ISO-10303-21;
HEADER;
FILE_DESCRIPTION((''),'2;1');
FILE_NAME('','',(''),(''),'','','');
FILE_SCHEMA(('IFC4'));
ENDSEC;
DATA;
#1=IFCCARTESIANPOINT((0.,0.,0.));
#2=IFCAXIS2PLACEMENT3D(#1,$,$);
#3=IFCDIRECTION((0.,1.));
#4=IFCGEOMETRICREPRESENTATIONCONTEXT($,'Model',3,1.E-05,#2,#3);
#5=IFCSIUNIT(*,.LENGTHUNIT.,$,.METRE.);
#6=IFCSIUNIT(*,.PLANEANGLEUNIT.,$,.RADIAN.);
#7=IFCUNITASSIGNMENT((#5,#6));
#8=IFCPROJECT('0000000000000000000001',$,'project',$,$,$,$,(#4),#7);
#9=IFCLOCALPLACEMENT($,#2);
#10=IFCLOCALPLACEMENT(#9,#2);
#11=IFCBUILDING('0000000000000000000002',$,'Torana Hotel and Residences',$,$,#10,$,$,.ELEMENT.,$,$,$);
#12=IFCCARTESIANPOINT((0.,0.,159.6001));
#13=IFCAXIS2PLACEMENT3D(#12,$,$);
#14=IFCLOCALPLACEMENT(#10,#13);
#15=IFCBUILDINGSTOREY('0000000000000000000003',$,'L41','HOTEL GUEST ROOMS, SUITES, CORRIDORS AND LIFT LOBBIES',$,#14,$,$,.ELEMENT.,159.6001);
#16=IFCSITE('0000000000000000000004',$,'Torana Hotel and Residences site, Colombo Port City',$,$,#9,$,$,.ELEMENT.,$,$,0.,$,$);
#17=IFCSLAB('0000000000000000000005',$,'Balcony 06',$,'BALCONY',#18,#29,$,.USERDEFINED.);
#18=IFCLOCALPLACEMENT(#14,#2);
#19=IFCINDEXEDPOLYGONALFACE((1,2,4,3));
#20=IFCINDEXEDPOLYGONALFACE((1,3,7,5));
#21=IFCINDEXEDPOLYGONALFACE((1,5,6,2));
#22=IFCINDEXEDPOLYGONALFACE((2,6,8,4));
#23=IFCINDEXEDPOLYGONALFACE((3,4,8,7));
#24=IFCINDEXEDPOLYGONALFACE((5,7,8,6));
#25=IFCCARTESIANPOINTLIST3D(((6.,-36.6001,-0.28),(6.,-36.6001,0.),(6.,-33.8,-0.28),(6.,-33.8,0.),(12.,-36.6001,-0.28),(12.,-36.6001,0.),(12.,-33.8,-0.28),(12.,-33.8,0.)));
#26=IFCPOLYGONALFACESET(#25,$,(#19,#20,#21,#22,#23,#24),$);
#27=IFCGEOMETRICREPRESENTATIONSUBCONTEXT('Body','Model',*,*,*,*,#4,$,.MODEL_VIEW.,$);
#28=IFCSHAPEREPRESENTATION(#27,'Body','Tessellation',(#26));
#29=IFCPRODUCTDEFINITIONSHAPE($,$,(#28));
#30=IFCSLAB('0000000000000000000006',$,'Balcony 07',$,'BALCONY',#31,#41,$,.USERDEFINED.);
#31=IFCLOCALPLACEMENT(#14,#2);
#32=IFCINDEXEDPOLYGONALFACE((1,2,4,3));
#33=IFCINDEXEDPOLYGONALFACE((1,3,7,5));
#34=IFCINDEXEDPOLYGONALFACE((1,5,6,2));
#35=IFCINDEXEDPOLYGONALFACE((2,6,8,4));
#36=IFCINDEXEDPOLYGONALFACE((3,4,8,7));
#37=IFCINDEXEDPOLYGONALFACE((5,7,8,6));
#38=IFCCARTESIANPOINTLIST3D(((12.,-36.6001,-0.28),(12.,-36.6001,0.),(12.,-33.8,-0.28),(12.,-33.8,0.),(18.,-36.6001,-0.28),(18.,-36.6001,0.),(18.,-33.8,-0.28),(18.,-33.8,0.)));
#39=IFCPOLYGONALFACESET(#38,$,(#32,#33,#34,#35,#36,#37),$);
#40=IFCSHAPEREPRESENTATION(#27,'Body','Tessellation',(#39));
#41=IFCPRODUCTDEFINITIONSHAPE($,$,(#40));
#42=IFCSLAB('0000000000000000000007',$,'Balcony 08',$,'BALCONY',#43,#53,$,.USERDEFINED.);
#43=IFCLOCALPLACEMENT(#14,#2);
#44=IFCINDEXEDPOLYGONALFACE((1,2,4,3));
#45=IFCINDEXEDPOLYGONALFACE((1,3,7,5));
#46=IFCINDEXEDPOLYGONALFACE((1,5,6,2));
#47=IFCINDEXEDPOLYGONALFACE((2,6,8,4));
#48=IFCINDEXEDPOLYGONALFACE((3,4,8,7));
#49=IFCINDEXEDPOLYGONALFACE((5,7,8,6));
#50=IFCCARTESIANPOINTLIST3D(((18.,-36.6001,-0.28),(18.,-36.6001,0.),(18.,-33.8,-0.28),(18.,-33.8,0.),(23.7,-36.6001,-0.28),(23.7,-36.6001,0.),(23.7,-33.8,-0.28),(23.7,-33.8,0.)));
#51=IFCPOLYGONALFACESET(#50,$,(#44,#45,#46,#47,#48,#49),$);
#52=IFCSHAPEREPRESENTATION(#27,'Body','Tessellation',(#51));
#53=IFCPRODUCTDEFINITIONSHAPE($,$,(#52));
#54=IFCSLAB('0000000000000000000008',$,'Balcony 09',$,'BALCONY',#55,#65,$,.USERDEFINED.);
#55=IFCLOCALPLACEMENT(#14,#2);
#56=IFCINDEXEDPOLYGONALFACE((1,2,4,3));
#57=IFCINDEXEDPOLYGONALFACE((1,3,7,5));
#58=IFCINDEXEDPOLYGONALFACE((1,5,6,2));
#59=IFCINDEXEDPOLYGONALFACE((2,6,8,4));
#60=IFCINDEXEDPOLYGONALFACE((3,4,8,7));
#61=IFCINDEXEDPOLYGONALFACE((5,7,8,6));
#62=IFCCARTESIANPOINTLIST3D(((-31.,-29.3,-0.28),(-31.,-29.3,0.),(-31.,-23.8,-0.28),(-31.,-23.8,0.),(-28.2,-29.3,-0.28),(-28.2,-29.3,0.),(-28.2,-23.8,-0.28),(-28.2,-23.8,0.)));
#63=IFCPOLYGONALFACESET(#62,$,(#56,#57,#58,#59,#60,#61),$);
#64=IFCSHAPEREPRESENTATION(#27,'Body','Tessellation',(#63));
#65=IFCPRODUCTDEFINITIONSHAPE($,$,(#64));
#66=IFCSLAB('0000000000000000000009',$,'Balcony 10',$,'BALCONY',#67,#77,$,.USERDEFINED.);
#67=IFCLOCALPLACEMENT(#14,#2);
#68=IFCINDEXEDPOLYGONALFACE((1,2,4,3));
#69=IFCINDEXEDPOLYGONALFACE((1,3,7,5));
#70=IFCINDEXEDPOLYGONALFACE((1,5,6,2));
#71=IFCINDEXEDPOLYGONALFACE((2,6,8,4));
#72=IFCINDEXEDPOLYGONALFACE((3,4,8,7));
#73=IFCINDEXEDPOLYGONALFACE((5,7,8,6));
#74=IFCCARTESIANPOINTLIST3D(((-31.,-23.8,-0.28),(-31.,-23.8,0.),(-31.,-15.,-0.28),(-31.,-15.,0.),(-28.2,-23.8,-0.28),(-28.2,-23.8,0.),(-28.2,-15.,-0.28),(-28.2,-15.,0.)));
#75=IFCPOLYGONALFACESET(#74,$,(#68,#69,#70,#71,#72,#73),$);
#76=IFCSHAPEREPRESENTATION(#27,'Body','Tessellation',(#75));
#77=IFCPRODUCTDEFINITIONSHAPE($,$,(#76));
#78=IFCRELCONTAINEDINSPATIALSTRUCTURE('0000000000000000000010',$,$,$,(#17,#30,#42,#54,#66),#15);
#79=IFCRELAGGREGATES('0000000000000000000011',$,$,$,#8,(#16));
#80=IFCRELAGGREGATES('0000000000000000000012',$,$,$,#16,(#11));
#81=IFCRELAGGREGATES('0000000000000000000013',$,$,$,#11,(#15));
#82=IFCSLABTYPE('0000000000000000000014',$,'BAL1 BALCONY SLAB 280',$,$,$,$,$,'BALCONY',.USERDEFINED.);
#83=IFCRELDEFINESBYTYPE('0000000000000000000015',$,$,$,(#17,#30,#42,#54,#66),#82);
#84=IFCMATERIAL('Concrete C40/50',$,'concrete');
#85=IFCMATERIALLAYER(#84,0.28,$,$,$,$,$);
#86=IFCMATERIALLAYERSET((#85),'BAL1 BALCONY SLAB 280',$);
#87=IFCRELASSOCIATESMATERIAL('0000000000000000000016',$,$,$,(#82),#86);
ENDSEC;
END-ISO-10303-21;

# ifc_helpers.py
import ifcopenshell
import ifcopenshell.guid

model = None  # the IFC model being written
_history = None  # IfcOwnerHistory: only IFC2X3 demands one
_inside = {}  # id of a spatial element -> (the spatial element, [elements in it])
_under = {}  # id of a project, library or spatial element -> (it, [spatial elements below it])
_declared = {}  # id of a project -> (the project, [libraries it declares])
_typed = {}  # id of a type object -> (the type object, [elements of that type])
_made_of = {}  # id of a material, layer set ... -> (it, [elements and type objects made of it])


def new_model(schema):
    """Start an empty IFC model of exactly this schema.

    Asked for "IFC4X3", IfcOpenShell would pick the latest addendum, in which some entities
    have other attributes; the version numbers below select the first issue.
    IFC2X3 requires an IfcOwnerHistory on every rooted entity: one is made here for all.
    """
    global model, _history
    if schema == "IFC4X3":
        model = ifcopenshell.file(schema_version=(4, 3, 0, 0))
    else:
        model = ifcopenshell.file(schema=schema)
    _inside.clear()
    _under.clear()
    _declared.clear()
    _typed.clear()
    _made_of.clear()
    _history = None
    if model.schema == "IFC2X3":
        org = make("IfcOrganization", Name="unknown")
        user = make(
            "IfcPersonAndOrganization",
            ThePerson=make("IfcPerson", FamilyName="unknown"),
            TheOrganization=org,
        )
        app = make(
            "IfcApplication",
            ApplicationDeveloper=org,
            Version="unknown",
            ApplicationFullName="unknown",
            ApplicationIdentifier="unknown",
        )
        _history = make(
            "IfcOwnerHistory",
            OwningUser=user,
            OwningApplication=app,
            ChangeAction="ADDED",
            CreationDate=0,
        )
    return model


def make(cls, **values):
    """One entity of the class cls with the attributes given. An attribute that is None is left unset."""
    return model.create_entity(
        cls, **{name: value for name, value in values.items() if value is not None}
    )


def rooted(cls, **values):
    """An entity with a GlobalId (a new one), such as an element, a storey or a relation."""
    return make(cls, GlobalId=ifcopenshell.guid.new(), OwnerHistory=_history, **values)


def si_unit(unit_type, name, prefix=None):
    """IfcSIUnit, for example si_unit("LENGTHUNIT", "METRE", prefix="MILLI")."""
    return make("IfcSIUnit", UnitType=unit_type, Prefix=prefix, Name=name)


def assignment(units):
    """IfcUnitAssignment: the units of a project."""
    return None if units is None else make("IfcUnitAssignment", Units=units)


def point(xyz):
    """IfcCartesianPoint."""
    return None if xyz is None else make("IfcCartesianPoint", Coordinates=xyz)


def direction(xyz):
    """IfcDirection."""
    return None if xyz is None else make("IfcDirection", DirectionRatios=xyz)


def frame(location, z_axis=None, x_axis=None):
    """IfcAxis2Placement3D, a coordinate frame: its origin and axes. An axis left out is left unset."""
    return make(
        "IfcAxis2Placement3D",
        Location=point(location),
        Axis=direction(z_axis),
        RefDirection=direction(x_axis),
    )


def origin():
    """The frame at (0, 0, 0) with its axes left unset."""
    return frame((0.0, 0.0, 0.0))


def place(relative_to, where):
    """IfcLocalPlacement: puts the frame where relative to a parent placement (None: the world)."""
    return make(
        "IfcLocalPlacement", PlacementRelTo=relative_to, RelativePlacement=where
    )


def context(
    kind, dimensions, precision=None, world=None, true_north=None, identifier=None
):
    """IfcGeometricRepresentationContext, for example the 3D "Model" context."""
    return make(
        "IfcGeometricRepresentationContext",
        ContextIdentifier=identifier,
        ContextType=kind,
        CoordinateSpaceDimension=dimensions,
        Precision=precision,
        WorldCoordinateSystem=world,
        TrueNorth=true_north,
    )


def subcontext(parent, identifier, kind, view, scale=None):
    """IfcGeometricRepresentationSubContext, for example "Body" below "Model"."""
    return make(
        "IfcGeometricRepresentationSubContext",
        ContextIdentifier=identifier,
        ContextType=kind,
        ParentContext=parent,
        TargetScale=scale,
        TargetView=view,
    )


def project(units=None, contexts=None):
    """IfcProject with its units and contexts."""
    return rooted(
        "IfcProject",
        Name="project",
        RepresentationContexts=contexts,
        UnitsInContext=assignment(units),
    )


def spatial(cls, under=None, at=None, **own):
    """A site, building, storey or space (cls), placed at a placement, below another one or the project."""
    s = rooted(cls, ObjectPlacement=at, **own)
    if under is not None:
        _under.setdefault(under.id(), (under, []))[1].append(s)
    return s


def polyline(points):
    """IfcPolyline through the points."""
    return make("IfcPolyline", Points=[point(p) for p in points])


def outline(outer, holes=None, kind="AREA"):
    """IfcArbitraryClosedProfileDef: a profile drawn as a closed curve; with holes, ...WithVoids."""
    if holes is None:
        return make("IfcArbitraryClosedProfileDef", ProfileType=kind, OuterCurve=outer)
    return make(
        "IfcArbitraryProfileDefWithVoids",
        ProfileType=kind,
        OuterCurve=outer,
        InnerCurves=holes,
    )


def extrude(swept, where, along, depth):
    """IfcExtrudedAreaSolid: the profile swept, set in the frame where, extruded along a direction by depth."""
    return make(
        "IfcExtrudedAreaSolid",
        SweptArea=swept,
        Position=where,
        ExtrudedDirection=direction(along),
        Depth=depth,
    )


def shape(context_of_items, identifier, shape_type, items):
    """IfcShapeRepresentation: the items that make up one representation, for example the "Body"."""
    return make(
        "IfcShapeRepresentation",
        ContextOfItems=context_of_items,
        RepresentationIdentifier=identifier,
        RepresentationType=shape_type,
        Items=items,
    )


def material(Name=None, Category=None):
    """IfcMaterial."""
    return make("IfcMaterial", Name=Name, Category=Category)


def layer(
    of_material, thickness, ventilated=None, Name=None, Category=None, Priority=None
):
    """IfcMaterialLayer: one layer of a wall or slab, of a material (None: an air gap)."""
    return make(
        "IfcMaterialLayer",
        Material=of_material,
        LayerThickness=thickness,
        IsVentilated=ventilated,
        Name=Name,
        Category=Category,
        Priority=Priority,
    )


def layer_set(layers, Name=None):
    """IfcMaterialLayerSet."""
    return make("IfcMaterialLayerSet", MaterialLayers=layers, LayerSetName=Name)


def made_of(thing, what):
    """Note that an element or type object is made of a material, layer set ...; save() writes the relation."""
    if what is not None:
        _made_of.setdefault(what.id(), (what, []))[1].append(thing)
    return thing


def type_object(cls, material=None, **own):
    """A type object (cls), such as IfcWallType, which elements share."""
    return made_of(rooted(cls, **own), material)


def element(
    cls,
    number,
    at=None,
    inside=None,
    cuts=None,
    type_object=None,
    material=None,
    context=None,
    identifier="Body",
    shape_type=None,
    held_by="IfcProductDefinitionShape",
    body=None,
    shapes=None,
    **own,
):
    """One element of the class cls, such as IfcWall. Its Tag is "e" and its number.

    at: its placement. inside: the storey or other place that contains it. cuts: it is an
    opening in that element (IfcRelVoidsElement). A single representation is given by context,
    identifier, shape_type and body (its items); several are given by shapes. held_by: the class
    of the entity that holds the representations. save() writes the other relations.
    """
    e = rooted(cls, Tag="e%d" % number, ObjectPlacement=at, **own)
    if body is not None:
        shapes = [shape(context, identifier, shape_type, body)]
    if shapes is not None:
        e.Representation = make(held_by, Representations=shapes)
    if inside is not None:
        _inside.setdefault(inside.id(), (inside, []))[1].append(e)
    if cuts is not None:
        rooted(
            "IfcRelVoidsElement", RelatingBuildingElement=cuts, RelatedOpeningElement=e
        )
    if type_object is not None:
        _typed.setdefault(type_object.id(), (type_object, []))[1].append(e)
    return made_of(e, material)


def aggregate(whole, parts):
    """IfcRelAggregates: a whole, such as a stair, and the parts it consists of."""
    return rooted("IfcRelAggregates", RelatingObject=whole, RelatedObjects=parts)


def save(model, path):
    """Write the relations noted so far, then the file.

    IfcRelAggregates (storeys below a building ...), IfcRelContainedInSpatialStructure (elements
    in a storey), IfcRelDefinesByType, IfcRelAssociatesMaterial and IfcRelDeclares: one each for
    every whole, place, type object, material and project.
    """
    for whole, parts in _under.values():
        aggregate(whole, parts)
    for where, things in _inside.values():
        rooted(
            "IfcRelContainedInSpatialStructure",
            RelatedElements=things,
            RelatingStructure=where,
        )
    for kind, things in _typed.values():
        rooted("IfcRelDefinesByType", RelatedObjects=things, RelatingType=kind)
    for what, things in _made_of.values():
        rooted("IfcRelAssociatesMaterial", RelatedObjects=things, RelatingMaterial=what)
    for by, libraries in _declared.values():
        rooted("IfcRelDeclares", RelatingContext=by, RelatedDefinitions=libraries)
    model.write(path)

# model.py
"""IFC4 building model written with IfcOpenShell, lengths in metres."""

from ifc_helpers import new_model, si_unit, direction, frame, origin, place, context, subcontext, project, spatial, polyline, outline, extrude, material, layer, layer_set, type_object, element, save


model = new_model("IFC4")

# Units and contexts
model_context = context("Model", 3, precision=1e-05, world=origin(), true_north=direction((0.0, 1.0)))
body_context = subcontext(model_context, "Body", "Model", "MODEL_VIEW")
ifc_project = project(units=[si_unit("LENGTHUNIT", "METRE"), si_unit("PLANEANGLEUNIT", "RADIAN")], contexts=[model_context])

# Site, building, storey
site_placement = place(None, origin())
site = spatial("IfcSite", under=ifc_project, at=site_placement, Name="Torana Hotel and Residences site, Colombo Port City", CompositionType="ELEMENT", RefElevation=0.0)
building_placement = place(site_placement, origin())
building = spatial("IfcBuilding", under=site, at=building_placement, Name="Torana Hotel and Residences", CompositionType="ELEMENT")
storey_placement = place(building_placement, frame((0.0, 0.0, 159.6001)))
storey = spatial("IfcBuildingStorey", under=building, at=storey_placement, Name="L41", Description="HOTEL GUEST ROOMS, SUITES, CORRIDORS AND LIFT LOBBIES", CompositionType="ELEMENT", Elevation=159.6001)

# Slabs
ifc_material_1 = material(Name="Concrete C40/50", Category="concrete")
ifc_layer_1 = layer(ifc_material_1, 0.28)
ifc_layer_set_1 = layer_set([ifc_layer_1], Name="BAL1 BALCONY SLAB 280")
slab_type = type_object("IfcSlabType", Name="BAL1 BALCONY SLAB 280", ElementType="BALCONY", PredefinedType="USERDEFINED", material=ifc_layer_set_1)
slab_1_placement = place(storey_placement, frame((0.0, 0.0, -0.28)))
element("IfcSlab", 1, at=slab_1_placement, inside=storey, type_object=slab_type, Name="Balcony 06", ObjectType="BALCONY", PredefinedType="USERDEFINED", context=body_context, shape_type="SweptSolid", body=[
    extrude(outline(polyline([(6.0, -36.6001), (12.0, -36.6001), (12.0, -33.8), (6.0, -33.8), (6.0, -36.6001)])), origin(), (0.0, 0.0, 1.0), 0.28),
])
slab_2_placement = place(storey_placement, frame((0.0, 0.0, -0.28)))
element("IfcSlab", 2, at=slab_2_placement, inside=storey, type_object=slab_type, Name="Balcony 07", ObjectType="BALCONY", PredefinedType="USERDEFINED", context=body_context, shape_type="SweptSolid", body=[
    extrude(outline(polyline([(12.0, -36.6001), (18.0, -36.6001), (18.0, -33.8), (12.0, -33.8), (12.0, -36.6001)])), origin(), (0.0, 0.0, 1.0), 0.28),
])
slab_3_placement = place(storey_placement, frame((0.0, 0.0, -0.28)))
element("IfcSlab", 3, at=slab_3_placement, inside=storey, type_object=slab_type, Name="Balcony 08", ObjectType="BALCONY", PredefinedType="USERDEFINED", context=body_context, shape_type="SweptSolid", body=[
    extrude(outline(polyline([(18.0, -36.6001), (23.7, -36.6001), (23.7, -33.8), (18.0, -33.8), (18.0, -36.6001)])), origin(), (0.0, 0.0, 1.0), 0.28),
])
slab_4_placement = place(storey_placement, frame((0.0, 0.0, -0.28)))
element("IfcSlab", 4, at=slab_4_placement, inside=storey, type_object=slab_type, Name="Balcony 09", ObjectType="BALCONY", PredefinedType="USERDEFINED", context=body_context, shape_type="SweptSolid", body=[
    extrude(outline(polyline([(-31.0, -29.3), (-28.2, -29.3), (-28.2, -23.8), (-31.0, -23.8), (-31.0, -29.3)])), origin(), (0.0, 0.0, 1.0), 0.28),
])
slab_5_placement = place(storey_placement, frame((0.0, 0.0, -0.28)))
element("IfcSlab", 5, at=slab_5_placement, inside=storey, type_object=slab_type, Name="Balcony 10", ObjectType="BALCONY", PredefinedType="USERDEFINED", context=body_context, shape_type="SweptSolid", body=[
    extrude(outline(polyline([(-31.0, -23.8), (-28.2, -23.8), (-28.2, -15.0), (-31.0, -15.0), (-31.0, -23.8)])), origin(), (0.0, 0.0, 1.0), 0.28),
])

save(model, "model.ifc")
